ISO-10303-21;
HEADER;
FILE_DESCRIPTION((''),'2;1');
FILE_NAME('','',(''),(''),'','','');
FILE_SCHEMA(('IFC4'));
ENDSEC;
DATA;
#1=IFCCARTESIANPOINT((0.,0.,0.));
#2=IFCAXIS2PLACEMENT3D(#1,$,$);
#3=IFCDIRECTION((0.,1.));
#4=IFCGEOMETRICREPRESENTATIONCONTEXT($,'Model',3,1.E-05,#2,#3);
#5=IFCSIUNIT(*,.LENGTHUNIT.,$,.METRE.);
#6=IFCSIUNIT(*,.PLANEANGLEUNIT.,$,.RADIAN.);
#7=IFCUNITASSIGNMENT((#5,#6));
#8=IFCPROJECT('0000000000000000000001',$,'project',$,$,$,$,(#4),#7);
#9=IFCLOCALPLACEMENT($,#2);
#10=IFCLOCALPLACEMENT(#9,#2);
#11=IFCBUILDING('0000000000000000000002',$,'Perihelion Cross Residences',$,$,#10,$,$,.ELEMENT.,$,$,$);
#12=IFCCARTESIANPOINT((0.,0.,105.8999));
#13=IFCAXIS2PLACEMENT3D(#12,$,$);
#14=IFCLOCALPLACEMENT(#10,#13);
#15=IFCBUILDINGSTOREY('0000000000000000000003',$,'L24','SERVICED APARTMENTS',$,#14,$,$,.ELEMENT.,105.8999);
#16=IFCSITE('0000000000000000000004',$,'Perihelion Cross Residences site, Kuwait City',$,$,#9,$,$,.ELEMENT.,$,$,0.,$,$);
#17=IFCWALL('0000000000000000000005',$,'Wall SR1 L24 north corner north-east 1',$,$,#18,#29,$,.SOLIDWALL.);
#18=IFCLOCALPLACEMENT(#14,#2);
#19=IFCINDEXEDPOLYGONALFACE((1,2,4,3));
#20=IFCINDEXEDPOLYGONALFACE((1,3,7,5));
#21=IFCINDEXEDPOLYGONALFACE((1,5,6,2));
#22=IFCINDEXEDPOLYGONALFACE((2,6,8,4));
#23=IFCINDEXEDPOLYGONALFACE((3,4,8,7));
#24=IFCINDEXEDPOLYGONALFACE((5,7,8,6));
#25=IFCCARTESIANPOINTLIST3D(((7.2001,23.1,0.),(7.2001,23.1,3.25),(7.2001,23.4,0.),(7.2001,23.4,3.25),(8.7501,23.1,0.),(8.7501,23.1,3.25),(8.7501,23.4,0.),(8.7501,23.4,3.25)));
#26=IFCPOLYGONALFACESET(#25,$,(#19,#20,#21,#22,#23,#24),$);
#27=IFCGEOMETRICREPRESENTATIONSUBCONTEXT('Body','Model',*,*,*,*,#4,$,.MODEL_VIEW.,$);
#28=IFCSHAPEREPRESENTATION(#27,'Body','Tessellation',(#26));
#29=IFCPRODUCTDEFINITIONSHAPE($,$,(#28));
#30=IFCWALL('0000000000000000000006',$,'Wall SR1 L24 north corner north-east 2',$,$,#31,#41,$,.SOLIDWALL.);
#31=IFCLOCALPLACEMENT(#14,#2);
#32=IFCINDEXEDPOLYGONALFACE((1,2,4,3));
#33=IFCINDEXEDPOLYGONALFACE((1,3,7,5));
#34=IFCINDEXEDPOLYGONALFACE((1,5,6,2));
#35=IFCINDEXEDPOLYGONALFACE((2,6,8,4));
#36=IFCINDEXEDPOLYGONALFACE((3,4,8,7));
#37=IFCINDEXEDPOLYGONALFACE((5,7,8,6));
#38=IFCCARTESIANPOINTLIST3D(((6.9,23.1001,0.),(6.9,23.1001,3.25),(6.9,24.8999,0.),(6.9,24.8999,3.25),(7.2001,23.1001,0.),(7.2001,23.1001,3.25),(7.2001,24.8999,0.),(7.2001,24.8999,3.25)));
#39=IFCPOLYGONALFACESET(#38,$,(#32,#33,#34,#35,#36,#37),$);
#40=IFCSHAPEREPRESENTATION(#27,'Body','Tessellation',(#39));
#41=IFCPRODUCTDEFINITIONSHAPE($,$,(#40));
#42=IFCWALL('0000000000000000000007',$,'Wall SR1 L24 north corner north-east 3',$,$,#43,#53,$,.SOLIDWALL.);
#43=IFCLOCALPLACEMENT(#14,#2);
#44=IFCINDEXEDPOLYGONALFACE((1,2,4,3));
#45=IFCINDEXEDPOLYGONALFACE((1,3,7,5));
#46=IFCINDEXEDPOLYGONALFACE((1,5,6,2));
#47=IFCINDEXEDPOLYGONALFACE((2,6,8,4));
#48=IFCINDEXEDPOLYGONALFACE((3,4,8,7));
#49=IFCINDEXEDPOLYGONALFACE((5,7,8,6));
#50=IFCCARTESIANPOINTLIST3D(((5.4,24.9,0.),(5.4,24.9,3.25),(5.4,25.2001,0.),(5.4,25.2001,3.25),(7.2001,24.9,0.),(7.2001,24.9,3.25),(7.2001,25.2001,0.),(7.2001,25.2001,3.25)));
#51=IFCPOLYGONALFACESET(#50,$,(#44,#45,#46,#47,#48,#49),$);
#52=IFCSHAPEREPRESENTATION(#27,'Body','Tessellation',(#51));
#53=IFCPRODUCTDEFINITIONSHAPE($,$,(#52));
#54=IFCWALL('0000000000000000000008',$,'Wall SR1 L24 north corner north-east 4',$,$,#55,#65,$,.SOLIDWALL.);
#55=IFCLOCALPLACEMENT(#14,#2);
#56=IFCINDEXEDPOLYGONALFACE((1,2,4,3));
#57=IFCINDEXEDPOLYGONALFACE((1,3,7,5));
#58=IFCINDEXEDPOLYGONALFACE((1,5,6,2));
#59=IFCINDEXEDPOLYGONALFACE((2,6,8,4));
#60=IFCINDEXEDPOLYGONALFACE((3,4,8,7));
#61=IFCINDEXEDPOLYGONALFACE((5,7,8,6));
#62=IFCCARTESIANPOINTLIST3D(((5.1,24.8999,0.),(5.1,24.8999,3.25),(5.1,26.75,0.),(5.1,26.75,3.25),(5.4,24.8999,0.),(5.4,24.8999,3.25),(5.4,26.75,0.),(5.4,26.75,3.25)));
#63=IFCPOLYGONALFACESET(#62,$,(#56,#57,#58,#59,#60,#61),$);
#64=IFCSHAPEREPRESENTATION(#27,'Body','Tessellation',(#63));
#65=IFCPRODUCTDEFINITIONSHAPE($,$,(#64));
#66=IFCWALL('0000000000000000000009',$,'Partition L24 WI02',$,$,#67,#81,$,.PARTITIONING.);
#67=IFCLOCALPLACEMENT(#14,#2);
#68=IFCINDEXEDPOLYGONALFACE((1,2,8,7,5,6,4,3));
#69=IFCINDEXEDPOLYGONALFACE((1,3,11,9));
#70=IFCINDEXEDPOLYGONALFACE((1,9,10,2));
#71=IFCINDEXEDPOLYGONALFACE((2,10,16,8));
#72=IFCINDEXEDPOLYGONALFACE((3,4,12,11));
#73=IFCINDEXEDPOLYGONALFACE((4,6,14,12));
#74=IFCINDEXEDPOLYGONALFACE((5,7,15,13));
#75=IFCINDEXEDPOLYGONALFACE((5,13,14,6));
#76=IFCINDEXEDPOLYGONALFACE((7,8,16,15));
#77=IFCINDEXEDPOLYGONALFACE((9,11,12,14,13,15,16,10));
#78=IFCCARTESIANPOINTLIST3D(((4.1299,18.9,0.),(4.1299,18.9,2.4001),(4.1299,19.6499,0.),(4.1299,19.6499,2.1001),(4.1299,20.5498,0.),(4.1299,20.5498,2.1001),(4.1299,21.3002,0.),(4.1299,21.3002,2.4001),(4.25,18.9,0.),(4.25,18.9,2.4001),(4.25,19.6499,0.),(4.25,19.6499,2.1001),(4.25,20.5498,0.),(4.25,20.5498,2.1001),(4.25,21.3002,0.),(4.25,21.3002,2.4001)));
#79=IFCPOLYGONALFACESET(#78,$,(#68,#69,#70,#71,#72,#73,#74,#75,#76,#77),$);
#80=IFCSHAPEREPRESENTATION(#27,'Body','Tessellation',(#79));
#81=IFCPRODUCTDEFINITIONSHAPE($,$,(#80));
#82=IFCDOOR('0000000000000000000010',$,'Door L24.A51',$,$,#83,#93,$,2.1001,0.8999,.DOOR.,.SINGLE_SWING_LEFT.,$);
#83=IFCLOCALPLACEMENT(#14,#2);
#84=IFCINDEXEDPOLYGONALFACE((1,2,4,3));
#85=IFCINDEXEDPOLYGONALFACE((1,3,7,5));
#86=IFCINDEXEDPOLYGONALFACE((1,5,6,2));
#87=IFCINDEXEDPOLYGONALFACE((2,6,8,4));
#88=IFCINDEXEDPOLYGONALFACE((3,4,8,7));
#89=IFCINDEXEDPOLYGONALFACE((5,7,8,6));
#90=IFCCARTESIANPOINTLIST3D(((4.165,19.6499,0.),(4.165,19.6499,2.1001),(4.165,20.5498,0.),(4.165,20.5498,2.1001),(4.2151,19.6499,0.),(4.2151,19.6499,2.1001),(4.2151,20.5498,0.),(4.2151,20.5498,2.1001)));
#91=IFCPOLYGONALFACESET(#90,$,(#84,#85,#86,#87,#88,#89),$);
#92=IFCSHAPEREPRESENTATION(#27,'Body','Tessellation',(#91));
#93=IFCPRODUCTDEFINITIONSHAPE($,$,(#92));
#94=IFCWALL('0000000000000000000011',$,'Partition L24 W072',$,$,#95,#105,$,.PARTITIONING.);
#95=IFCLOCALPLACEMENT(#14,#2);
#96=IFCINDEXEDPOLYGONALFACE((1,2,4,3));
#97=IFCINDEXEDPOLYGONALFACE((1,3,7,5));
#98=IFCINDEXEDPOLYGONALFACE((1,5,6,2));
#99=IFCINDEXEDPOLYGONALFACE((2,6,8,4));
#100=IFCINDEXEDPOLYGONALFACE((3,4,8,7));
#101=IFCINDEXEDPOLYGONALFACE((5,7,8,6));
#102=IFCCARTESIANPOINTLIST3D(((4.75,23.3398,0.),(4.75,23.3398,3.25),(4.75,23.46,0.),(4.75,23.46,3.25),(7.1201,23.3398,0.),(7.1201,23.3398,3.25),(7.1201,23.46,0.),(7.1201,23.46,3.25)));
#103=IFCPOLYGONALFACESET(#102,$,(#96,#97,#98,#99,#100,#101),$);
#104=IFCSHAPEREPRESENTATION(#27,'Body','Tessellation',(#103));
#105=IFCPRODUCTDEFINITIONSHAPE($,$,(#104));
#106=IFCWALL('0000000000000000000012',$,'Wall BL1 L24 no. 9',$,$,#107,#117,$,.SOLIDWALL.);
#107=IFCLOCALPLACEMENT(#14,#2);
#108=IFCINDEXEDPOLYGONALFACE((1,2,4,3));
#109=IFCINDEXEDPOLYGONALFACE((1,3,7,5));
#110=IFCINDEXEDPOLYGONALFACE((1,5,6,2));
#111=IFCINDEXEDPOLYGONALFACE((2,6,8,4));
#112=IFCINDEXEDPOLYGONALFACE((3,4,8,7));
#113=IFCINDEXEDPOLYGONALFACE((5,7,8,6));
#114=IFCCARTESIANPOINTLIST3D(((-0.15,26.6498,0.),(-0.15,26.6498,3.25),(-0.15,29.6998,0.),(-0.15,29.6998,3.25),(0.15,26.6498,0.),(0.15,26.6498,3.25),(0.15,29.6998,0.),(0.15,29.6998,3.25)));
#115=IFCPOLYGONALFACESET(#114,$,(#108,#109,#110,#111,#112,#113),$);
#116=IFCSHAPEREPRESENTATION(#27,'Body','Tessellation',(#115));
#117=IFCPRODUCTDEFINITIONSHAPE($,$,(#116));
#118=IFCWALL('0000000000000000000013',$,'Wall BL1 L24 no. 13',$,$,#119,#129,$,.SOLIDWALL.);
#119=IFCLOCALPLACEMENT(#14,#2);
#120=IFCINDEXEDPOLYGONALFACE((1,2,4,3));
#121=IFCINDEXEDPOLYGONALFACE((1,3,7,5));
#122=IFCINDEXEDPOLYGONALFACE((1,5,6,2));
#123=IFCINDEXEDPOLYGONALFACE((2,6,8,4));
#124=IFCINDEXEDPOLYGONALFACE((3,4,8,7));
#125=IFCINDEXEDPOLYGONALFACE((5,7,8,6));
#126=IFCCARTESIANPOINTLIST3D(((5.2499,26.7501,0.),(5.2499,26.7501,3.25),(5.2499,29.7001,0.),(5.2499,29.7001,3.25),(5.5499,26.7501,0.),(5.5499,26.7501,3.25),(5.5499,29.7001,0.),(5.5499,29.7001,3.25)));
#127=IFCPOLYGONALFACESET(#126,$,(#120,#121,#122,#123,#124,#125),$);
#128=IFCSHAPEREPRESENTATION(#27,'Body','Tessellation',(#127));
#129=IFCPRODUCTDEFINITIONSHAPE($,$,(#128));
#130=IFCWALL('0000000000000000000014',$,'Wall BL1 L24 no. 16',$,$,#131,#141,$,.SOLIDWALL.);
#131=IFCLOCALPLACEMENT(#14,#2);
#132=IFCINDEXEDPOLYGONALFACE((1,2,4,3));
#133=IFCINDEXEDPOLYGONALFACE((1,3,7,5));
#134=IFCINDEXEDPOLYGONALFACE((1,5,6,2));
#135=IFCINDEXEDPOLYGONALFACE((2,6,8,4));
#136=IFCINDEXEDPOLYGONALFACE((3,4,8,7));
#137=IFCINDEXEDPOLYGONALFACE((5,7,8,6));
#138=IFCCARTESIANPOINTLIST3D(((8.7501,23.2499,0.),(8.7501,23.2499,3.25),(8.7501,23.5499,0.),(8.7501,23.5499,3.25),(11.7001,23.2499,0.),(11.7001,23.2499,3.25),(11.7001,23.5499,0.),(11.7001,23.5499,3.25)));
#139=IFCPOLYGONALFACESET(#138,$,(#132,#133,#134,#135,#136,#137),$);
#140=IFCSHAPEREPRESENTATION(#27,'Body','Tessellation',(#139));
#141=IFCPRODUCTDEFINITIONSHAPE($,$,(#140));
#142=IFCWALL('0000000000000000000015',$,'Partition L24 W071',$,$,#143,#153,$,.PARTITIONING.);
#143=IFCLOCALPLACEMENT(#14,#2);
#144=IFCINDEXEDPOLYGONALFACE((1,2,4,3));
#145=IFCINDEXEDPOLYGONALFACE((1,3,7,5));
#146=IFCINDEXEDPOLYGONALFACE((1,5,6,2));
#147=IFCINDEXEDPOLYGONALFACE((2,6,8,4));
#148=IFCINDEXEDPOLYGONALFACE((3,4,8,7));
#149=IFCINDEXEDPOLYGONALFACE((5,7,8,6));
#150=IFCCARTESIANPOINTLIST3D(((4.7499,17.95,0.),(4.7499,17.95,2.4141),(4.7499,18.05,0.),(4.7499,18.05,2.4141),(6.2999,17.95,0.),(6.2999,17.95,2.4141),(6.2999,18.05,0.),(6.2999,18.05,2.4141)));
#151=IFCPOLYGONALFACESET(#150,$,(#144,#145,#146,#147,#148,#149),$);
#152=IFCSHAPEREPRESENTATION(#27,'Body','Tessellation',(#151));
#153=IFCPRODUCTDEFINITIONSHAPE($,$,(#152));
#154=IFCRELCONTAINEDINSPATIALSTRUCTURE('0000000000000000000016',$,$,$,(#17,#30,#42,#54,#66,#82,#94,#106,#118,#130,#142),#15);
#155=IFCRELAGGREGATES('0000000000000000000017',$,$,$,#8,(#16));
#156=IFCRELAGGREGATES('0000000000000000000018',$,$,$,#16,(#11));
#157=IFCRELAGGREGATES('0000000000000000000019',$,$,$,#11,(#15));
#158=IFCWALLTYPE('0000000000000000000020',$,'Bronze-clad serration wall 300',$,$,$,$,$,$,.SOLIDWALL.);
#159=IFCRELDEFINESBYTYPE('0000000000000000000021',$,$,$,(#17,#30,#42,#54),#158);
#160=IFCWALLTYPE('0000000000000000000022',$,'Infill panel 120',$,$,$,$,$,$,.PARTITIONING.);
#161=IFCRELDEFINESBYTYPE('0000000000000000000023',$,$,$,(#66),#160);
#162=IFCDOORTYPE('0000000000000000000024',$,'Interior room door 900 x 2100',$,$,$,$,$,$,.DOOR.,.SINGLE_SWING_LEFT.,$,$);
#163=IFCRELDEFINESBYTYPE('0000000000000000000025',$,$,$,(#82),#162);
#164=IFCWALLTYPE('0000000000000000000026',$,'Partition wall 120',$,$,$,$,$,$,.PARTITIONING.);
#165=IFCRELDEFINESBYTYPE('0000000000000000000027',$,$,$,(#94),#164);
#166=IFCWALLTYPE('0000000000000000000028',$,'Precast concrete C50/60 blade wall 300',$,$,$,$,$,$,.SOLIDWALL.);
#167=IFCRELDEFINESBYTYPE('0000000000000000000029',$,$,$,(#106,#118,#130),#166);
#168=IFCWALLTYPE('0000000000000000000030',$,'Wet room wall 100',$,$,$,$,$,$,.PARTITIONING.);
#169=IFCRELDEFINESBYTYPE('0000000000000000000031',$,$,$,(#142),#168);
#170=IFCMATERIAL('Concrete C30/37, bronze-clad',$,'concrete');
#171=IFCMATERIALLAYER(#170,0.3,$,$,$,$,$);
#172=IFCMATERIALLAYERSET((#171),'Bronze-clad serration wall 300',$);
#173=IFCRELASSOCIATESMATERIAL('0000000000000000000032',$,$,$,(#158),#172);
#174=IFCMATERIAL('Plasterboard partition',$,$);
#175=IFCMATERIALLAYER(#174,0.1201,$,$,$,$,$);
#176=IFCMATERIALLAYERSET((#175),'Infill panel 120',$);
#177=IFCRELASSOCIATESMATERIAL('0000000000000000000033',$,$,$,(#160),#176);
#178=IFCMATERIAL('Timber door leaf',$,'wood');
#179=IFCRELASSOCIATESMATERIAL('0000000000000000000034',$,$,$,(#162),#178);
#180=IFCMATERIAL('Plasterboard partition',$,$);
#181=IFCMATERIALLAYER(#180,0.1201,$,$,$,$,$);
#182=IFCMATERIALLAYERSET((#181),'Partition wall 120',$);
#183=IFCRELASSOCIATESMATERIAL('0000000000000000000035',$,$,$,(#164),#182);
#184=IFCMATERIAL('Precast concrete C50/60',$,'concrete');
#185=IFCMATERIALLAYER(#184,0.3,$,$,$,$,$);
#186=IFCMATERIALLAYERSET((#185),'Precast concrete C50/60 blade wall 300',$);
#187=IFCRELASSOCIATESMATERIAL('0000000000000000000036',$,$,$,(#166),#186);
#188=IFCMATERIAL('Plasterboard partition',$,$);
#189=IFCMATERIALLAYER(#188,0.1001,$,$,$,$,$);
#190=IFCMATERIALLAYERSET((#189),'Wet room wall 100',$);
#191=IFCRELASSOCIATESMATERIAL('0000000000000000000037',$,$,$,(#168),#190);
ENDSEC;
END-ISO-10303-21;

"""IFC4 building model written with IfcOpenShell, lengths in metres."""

from ifc_helpers import new_model, si_unit, direction, frame, frame_2d, origin, place, context, subcontext, project, spatial, rectangle, extrude, material, layer, layer_set, type_object, element, fill, save


model = new_model("IFC4")

# Units and contexts
model_context = context("Model", 3, precision=1e-05, world=origin(), true_north=direction((0.0, 1.0)))
body_context = subcontext(model_context, "Body", "Model", "MODEL_VIEW")
ifc_project = project(units=[si_unit("LENGTHUNIT", "METRE"), si_unit("PLANEANGLEUNIT", "RADIAN")], contexts=[model_context])

# Site, building, storey
site_placement = place(None, origin())
site = spatial("IfcSite", under=ifc_project, at=site_placement, Name="Perihelion Cross Residences site, Kuwait City", CompositionType="ELEMENT", RefElevation=0.0)
building_placement = place(site_placement, origin())
building = spatial("IfcBuilding", under=site, at=building_placement, Name="Perihelion Cross Residences", CompositionType="ELEMENT")
storey_placement = place(building_placement, frame((0.0, 0.0, 105.8999)))
storey = spatial("IfcBuildingStorey", under=building, at=storey_placement, Name="L24", Description="SERVICED APARTMENTS", CompositionType="ELEMENT", Elevation=105.8999)

# Walls
ifc_material_1 = material(Name="Concrete C30/37, bronze-clad", Category="concrete")
ifc_layer_1 = layer(ifc_material_1, 0.3)
ifc_layer_set_1 = layer_set([ifc_layer_1], Name="Bronze-clad serration wall 300")
wall_type_1 = type_object("IfcWallType", Name="Bronze-clad serration wall 300", PredefinedType="SOLIDWALL", material=ifc_layer_set_1)
wall_1_placement = place(storey_placement, frame((8.75, 23.25, 0.0), z_axis=(0.0, 0.0, 1.0), x_axis=(-1.0, 0.0, 0.0)))
element("IfcWall", 1, at=wall_1_placement, inside=storey, type_object=wall_type_1, Name="Wall SR1 L24 north corner north-east 1", PredefinedType="SOLIDWALL", context=body_context, shape_type="SweptSolid", body=[
    extrude(rectangle(XDim=1.55, YDim=0.3, at=frame_2d((0.7749, 0.0))), origin(), (0.0, 0.0, 1.0), 3.25),
])
wall_2_placement = place(storey_placement, frame((7.05, 23.1001, 0.0), z_axis=(0.0, 0.0, 1.0), x_axis=(0.0, 1.0, 0.0)))
element("IfcWall", 2, at=wall_2_placement, inside=storey, type_object=wall_type_1, Name="Wall SR1 L24 north corner north-east 2", PredefinedType="SOLIDWALL", context=body_context, shape_type="SweptSolid", body=[
    extrude(rectangle(XDim=1.7998, YDim=0.3, at=frame_2d((0.8999, 0.0))), origin(), (0.0, 0.0, 1.0), 3.25),
])
wall_3_placement = place(storey_placement, frame((7.2, 25.05, 0.0), z_axis=(0.0, 0.0, 1.0), x_axis=(-1.0, 0.0, 0.0)))
element("IfcWall", 3, at=wall_3_placement, inside=storey, type_object=wall_type_1, Name="Wall SR1 L24 north corner north-east 3", PredefinedType="SOLIDWALL", context=body_context, shape_type="SweptSolid", body=[
    extrude(rectangle(XDim=1.8, YDim=0.3, at=frame_2d((0.8999, 0.0))), origin(), (0.0, 0.0, 1.0), 3.25),
])
wall_4_placement = place(storey_placement, frame((5.25, 24.8999, 0.0), z_axis=(0.0, 0.0, 1.0), x_axis=(0.0, 1.0, 0.0)))
element("IfcWall", 4, at=wall_4_placement, inside=storey, type_object=wall_type_1, Name="Wall SR1 L24 north corner north-east 4", PredefinedType="SOLIDWALL", context=body_context, shape_type="SweptSolid", body=[
    extrude(rectangle(XDim=1.8501, YDim=0.3, at=frame_2d((0.925, 0.0))), origin(), (0.0, 0.0, 1.0), 3.25),
])

# Wall, opening, door
ifc_material_2 = material(Name="Plasterboard partition")
ifc_layer_2 = layer(ifc_material_2, 0.1201)
ifc_layer_set_2 = layer_set([ifc_layer_2], Name="Infill panel 120")
wall_type_2 = type_object("IfcWallType", Name="Infill panel 120", PredefinedType="PARTITIONING", material=ifc_layer_set_2)
wall_5_placement = place(storey_placement, frame((4.1899, 18.8999, 0.0), z_axis=(0.0, 0.0, 1.0), x_axis=(0.0, 1.0, 0.0)))
wall_5 = element("IfcWall", 5, at=wall_5_placement, inside=storey, type_object=wall_type_2, Name="Partition L24 WI02", PredefinedType="PARTITIONING", context=body_context, shape_type="SweptSolid", body=[
    extrude(rectangle(XDim=2.4001, YDim=0.1201, at=frame_2d((1.2002, 0.0))), origin(), (0.0, 0.0, 1.0), 2.4001),
])
opening_1_placement = place(wall_5_placement, frame((0.75, 0.0, 0.0)))
opening_1 = element("IfcOpeningElement", 6, at=opening_1_placement, cuts=wall_5, PredefinedType="OPENING", context=body_context, shape_type="SweptSolid", body=[
    extrude(rectangle(XDim=0.8999, YDim=2.1001, at=frame_2d((0.45, 1.05))), frame((0.0, 0.0701, 0.0), z_axis=(0.0, -1.0, 0.0), x_axis=(1.0, 0.0, 0.0)), (0.0, 0.0, 1.0), 0.1401),
])
ifc_material_3 = material(Name="Timber door leaf", Category="wood")
door_type_1 = type_object("IfcDoorType", Name="Interior room door 900 x 2100", OperationType="SINGLE_SWING_LEFT", PredefinedType="DOOR", material=ifc_material_3)
door_1_placement = place(opening_1_placement, origin())
door_1 = element("IfcDoor", 7, at=door_1_placement, inside=storey, type_object=door_type_1, Name="Door L24.A51", OperationType="SINGLE_SWING_LEFT", OverallHeight=2.1001, OverallWidth=0.8999, PredefinedType="DOOR", context=body_context, shape_type="SweptSolid", body=[
    extrude(rectangle(XDim=0.8999, YDim=2.1001, at=frame_2d((0.45, 1.05))), frame((0.0, 0.0249, 0.0), z_axis=(0.0, -1.0, 0.0), x_axis=(1.0, 0.0, 0.0)), (0.0, 0.0, 1.0), 0.05),
])
fill(opening_1, door_1)

# Walls
ifc_material_4 = material(Name="Plasterboard partition")
ifc_layer_3 = layer(ifc_material_4, 0.1201)
ifc_layer_set_3 = layer_set([ifc_layer_3], Name="Partition wall 120")
wall_type_3 = type_object("IfcWallType", Name="Partition wall 120", PredefinedType="PARTITIONING", material=ifc_layer_set_3)
wall_6_placement = place(storey_placement, frame((4.75, 23.3999, 0.0), z_axis=(0.0, 0.0, 1.0), x_axis=(1.0, 0.0, 0.0)))
element("IfcWall", 8, at=wall_6_placement, inside=storey, type_object=wall_type_3, Name="Partition L24 W072", PredefinedType="PARTITIONING", context=body_context, shape_type="SweptSolid", body=[
    extrude(rectangle(XDim=2.3701, YDim=0.1201, at=frame_2d((1.1851, 0.0))), origin(), (0.0, 0.0, 1.0), 3.25),
])
ifc_material_5 = material(Name="Precast concrete C50/60", Category="concrete")
ifc_layer_4 = layer(ifc_material_5, 0.3)
ifc_layer_set_4 = layer_set([ifc_layer_4], Name="Precast concrete C50/60 blade wall 300")
wall_type_4 = type_object("IfcWallType", Name="Precast concrete C50/60 blade wall 300", PredefinedType="SOLIDWALL", material=ifc_layer_set_4)
wall_7_placement = place(storey_placement, frame((0.0, 26.6499, 0.0), z_axis=(0.0, 0.0, 1.0), x_axis=(0.0, 1.0, 0.0)))
element("IfcWall", 9, at=wall_7_placement, inside=storey, type_object=wall_type_4, Name="Wall BL1 L24 no. 9", PredefinedType="SOLIDWALL", context=body_context, shape_type="SweptSolid", body=[
    extrude(rectangle(XDim=3.05, YDim=0.3, at=frame_2d((1.5249, 0.0))), origin(), (0.0, 0.0, 1.0), 3.25),
])
for number, where, z_axis, x_axis, name in (
    (10, (5.3999, 26.75, 0.0), (0.0, 0.0, 1.0), (0.0, 1.0, 0.0), "Wall BL1 L24 no. 13"),
    (11, (8.75, 23.3999, 0.0), (0.0, 0.0, 1.0), (1.0, 0.0, 0.0), "Wall BL1 L24 no. 16"),
):
    element("IfcWall", number, at=place(storey_placement, frame(where, z_axis=z_axis, x_axis=x_axis)), inside=storey, type_object=wall_type_4, Name=name, PredefinedType="SOLIDWALL", context=body_context, shape_type="SweptSolid", body=[
        extrude(rectangle(XDim=2.95, YDim=0.3, at=frame_2d((1.4751, 0.0))), origin(), (0.0, 0.0, 1.0), 3.25),
    ])
ifc_material_6 = material(Name="Plasterboard partition")
ifc_layer_5 = layer(ifc_material_6, 0.1001)
ifc_layer_set_5 = layer_set([ifc_layer_5], Name="Wet room wall 100")
wall_type_5 = type_object("IfcWallType", Name="Wet room wall 100", PredefinedType="PARTITIONING", material=ifc_layer_set_5)
wall_8_placement = place(storey_placement, frame((4.75, 18.0, 0.0), z_axis=(0.0, 0.0, 1.0), x_axis=(1.0, 0.0, 0.0)))
element("IfcWall", 12, at=wall_8_placement, inside=storey, type_object=wall_type_5, Name="Partition L24 W071", PredefinedType="PARTITIONING", context=body_context, shape_type="SweptSolid", body=[
    extrude(rectangle(XDim=1.55, YDim=0.1001, at=frame_2d((0.7749, 0.0))), origin(), (0.0, 0.0, 1.0), 2.4141),
])

save(model, "model.ifc")
